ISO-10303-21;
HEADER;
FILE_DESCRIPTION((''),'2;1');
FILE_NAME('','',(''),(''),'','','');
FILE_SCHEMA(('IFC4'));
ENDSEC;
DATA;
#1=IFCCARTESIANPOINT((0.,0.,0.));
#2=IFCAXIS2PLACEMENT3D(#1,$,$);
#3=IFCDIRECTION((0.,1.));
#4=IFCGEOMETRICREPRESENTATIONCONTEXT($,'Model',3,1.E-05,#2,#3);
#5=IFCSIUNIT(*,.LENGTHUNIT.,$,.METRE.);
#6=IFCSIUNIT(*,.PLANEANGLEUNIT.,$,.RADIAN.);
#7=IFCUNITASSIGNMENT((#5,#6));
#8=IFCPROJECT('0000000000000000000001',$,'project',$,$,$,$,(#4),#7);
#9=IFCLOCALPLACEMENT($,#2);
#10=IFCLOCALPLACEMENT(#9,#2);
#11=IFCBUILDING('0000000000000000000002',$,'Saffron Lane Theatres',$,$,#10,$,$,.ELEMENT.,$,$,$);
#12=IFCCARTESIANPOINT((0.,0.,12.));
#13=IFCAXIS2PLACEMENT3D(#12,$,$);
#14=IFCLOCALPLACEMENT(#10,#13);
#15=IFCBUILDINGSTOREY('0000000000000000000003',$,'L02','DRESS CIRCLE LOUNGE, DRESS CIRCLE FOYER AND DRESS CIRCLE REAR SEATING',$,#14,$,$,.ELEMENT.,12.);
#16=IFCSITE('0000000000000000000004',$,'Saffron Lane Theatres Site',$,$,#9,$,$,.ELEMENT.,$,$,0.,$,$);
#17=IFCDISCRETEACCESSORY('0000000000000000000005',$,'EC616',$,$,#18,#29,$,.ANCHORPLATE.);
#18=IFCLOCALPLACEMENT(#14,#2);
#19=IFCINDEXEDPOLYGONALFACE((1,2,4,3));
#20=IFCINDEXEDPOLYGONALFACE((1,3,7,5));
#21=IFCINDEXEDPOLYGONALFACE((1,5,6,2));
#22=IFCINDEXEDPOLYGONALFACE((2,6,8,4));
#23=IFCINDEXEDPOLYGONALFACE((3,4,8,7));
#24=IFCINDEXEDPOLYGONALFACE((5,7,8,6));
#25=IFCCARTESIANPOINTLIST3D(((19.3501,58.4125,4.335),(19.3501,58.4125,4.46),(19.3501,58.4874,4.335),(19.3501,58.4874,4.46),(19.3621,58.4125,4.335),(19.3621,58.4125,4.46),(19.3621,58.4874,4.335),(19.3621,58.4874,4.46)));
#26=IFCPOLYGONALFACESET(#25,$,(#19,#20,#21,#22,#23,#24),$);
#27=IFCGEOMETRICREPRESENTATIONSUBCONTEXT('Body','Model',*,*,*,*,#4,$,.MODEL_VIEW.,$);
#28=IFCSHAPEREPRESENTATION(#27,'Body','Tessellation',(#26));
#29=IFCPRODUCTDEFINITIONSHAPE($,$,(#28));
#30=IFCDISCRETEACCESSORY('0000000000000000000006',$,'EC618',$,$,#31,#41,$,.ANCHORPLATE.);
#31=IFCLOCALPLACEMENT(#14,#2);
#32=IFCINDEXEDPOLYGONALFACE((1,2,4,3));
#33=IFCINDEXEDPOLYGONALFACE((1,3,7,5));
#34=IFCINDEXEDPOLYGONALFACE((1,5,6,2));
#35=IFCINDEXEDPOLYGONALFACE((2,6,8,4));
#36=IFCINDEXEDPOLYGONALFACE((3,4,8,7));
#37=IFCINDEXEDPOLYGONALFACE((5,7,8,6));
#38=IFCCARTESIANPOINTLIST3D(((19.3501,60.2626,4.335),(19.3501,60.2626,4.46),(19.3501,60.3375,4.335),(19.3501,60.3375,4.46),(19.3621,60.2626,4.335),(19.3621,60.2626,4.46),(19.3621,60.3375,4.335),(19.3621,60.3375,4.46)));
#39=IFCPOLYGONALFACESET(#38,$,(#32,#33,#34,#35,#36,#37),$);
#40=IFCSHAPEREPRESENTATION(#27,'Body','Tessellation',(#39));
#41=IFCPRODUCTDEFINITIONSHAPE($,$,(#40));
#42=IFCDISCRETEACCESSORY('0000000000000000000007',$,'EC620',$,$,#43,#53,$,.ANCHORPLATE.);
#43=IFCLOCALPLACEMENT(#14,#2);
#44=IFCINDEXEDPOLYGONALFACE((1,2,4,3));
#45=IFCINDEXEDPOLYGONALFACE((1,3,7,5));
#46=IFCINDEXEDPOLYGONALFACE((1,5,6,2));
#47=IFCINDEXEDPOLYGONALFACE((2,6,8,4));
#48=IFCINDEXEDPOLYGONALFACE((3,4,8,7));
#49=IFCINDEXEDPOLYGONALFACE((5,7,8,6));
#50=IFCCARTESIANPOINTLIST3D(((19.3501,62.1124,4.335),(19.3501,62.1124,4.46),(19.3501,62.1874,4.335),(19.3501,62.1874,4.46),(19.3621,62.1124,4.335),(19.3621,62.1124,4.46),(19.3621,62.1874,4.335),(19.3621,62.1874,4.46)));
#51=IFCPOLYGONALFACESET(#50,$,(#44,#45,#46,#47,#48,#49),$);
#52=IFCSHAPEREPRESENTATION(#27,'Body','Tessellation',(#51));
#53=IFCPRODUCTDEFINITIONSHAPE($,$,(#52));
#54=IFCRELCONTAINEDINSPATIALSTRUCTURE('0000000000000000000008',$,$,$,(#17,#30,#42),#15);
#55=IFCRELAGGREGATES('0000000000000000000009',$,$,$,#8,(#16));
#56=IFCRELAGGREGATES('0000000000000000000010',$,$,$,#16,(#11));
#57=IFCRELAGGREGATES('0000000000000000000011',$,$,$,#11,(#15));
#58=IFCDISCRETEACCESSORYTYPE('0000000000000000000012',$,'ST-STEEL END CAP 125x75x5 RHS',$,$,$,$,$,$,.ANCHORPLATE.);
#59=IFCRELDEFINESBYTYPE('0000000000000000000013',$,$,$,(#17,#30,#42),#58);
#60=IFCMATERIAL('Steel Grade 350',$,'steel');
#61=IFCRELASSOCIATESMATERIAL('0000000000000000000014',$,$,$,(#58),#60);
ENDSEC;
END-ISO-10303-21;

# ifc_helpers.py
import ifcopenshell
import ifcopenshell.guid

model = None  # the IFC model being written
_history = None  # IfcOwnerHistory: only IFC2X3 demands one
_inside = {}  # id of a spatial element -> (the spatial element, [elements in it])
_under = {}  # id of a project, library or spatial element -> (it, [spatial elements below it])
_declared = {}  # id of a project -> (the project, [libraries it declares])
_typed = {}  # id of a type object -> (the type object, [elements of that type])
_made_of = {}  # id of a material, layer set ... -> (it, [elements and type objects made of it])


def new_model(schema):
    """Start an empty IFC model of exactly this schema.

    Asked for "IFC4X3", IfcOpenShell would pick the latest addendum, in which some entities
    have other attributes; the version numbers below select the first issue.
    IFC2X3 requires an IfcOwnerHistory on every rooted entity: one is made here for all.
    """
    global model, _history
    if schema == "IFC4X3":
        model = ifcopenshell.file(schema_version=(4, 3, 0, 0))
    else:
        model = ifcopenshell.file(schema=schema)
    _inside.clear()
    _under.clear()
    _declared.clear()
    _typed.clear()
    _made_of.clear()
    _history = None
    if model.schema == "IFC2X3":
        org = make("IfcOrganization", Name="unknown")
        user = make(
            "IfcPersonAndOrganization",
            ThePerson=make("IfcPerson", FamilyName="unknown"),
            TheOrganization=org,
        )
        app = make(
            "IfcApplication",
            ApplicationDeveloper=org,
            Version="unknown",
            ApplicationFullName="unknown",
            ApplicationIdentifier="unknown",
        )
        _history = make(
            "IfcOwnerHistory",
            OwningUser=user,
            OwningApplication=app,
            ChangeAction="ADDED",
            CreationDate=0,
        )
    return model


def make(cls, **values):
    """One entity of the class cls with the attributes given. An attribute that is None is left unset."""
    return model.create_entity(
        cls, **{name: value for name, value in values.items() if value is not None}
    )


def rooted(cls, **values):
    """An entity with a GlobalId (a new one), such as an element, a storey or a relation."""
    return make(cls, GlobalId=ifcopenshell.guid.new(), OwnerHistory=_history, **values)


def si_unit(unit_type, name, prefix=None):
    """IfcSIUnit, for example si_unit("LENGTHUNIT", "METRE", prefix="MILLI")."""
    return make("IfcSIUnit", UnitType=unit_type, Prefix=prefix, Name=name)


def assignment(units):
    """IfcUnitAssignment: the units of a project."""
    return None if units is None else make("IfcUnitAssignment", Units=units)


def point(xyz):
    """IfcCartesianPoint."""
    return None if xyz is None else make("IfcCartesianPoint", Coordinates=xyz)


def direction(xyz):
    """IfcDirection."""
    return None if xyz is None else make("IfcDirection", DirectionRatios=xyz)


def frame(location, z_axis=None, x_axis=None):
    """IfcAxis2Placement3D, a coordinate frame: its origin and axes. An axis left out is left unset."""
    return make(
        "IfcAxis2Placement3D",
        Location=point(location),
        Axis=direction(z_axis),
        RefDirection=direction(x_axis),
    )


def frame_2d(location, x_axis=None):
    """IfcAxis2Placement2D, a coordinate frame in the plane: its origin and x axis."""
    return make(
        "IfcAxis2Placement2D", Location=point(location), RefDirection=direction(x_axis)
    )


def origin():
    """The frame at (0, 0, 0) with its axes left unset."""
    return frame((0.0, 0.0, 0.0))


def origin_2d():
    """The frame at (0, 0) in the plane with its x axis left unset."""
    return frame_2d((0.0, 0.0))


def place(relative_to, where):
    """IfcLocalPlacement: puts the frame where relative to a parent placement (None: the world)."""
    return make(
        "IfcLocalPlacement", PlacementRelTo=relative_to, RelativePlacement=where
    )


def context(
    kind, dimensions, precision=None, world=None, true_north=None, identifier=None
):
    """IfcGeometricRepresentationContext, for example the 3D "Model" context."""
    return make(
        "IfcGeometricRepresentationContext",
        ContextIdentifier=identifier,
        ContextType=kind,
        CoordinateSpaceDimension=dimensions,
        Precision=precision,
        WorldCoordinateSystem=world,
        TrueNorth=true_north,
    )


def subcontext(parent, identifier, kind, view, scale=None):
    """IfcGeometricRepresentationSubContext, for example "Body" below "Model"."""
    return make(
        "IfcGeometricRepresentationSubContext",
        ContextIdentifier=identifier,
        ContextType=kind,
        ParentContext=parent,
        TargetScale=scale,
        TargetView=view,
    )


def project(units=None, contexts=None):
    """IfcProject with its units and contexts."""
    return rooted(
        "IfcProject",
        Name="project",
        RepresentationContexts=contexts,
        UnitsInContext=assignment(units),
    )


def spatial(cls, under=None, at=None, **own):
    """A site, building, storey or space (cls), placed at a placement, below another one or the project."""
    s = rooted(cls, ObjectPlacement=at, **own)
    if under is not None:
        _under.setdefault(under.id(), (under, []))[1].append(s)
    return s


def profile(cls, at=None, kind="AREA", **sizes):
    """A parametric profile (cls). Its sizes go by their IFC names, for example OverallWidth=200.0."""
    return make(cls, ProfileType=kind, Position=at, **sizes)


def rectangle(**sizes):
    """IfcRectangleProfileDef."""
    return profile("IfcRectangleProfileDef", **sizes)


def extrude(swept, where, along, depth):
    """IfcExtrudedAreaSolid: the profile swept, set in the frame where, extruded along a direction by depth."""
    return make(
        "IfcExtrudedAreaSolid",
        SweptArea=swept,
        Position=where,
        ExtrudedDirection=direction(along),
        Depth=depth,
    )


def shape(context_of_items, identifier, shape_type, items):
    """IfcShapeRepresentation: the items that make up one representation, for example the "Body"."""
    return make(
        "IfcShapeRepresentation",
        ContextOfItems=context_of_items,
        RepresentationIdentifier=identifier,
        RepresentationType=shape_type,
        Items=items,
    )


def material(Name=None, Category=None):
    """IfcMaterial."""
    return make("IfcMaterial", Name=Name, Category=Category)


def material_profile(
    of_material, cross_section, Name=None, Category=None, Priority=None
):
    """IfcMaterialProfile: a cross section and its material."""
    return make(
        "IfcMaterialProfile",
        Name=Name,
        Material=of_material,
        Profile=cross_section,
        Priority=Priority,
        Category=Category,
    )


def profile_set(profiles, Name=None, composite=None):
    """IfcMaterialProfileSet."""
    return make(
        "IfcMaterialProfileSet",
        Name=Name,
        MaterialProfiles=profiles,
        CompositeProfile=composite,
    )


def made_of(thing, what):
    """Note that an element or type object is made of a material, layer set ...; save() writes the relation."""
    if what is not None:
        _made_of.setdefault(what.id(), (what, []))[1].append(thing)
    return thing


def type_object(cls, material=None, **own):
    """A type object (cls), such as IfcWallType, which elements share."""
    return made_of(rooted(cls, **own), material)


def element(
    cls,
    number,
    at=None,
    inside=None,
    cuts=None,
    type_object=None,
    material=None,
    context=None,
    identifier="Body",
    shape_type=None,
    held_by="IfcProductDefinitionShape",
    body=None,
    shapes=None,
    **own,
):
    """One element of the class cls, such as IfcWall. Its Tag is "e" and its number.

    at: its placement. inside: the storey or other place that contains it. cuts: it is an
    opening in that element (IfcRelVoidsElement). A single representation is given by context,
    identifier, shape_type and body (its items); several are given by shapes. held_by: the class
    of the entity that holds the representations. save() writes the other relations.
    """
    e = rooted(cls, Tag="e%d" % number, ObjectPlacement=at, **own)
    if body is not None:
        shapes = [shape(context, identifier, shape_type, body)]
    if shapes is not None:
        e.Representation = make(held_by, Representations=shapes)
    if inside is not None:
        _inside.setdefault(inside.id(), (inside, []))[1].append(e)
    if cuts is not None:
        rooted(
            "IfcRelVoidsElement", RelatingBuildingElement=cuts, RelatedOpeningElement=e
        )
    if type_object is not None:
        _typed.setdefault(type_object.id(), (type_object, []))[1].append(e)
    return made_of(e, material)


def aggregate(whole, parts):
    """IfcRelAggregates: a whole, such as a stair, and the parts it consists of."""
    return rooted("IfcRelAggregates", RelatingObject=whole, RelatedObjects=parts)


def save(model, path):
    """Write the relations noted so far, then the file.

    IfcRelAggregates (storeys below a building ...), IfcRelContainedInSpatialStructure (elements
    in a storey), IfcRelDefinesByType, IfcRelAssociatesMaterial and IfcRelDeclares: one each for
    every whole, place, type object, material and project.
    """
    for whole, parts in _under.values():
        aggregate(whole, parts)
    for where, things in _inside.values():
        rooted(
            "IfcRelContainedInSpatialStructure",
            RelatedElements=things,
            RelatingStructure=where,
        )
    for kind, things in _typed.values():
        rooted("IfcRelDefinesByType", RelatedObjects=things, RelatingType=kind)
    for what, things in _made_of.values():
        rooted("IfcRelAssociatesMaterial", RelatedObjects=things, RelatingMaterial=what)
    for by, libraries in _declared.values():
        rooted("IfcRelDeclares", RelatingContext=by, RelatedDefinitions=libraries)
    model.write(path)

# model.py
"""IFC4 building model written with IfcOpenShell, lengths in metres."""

from ifc_helpers import new_model, si_unit, direction, frame, origin, origin_2d, place, context, subcontext, project, spatial, rectangle, extrude, material, material_profile, profile_set, type_object, element, save


model = new_model("IFC4")

# Units and contexts
model_context = context("Model", 3, precision=1e-05, world=origin(), true_north=direction((0.0, 1.0)))
body_context = subcontext(model_context, "Body", "Model", "MODEL_VIEW")
ifc_project = project(units=[si_unit("LENGTHUNIT", "METRE"), si_unit("PLANEANGLEUNIT", "RADIAN")], contexts=[model_context])

# Site, building, storey
site_placement = place(None, origin())
site = spatial("IfcSite", under=ifc_project, at=site_placement, Name="Saffron Lane Theatres Site", CompositionType="ELEMENT", RefElevation=0.0)
building_placement = place(site_placement, origin())
building = spatial("IfcBuilding", under=site, at=building_placement, Name="Saffron Lane Theatres", CompositionType="ELEMENT")
storey_placement = place(building_placement, frame((0.0, 0.0, 12.0)))
storey = spatial("IfcBuildingStorey", under=building, at=storey_placement, Name="L02", Description="DRESS CIRCLE LOUNGE, DRESS CIRCLE FOYER AND DRESS CIRCLE REAR SEATING", CompositionType="ELEMENT", Elevation=12.0)

# Discrete accessories
ifc_material_1 = material(Name="Steel Grade 350", Category="steel")
ifc_material_profile_1 = material_profile(ifc_material_1, rectangle(XDim=0.075, YDim=0.125, at=origin_2d()))
ifc_profile_set_1 = profile_set([ifc_material_profile_1], Name="Steel Grade 350")
discrete_accessory_type_1 = type_object("IfcDiscreteAccessoryType", Name="ST-STEEL END CAP 125x75x5 RHS", PredefinedType="ANCHORPLATE", material=ifc_profile_set_1)
for number, where, z_axis, x_axis, name in (
    (1, (19.3501, 58.45, 4.3975), (1.0, 0.0, 0.0), (0.0, 1.0, 0.0), "EC616"),
    (2, (19.3501, 60.3, 4.3975), (1.0, 0.0, 0.0), (0.0, 1.0, 0.0), "EC618"),
    (3, (19.3501, 62.1499, 4.3975), (1.0, 0.0, 0.0), (0.0, 1.0, 0.0), "EC620"),
):
    element("IfcDiscreteAccessory", number, at=place(storey_placement, frame(where, z_axis=z_axis, x_axis=x_axis)), inside=storey, type_object=discrete_accessory_type_1, Name=name, PredefinedType="ANCHORPLATE", context=body_context, shape_type="SweptSolid", body=[
        extrude(rectangle(XDim=0.075, YDim=0.125, at=origin_2d()), origin(), (0.0, 0.0, 1.0), 0.012),
    ])

save(model, "model.ifc")
